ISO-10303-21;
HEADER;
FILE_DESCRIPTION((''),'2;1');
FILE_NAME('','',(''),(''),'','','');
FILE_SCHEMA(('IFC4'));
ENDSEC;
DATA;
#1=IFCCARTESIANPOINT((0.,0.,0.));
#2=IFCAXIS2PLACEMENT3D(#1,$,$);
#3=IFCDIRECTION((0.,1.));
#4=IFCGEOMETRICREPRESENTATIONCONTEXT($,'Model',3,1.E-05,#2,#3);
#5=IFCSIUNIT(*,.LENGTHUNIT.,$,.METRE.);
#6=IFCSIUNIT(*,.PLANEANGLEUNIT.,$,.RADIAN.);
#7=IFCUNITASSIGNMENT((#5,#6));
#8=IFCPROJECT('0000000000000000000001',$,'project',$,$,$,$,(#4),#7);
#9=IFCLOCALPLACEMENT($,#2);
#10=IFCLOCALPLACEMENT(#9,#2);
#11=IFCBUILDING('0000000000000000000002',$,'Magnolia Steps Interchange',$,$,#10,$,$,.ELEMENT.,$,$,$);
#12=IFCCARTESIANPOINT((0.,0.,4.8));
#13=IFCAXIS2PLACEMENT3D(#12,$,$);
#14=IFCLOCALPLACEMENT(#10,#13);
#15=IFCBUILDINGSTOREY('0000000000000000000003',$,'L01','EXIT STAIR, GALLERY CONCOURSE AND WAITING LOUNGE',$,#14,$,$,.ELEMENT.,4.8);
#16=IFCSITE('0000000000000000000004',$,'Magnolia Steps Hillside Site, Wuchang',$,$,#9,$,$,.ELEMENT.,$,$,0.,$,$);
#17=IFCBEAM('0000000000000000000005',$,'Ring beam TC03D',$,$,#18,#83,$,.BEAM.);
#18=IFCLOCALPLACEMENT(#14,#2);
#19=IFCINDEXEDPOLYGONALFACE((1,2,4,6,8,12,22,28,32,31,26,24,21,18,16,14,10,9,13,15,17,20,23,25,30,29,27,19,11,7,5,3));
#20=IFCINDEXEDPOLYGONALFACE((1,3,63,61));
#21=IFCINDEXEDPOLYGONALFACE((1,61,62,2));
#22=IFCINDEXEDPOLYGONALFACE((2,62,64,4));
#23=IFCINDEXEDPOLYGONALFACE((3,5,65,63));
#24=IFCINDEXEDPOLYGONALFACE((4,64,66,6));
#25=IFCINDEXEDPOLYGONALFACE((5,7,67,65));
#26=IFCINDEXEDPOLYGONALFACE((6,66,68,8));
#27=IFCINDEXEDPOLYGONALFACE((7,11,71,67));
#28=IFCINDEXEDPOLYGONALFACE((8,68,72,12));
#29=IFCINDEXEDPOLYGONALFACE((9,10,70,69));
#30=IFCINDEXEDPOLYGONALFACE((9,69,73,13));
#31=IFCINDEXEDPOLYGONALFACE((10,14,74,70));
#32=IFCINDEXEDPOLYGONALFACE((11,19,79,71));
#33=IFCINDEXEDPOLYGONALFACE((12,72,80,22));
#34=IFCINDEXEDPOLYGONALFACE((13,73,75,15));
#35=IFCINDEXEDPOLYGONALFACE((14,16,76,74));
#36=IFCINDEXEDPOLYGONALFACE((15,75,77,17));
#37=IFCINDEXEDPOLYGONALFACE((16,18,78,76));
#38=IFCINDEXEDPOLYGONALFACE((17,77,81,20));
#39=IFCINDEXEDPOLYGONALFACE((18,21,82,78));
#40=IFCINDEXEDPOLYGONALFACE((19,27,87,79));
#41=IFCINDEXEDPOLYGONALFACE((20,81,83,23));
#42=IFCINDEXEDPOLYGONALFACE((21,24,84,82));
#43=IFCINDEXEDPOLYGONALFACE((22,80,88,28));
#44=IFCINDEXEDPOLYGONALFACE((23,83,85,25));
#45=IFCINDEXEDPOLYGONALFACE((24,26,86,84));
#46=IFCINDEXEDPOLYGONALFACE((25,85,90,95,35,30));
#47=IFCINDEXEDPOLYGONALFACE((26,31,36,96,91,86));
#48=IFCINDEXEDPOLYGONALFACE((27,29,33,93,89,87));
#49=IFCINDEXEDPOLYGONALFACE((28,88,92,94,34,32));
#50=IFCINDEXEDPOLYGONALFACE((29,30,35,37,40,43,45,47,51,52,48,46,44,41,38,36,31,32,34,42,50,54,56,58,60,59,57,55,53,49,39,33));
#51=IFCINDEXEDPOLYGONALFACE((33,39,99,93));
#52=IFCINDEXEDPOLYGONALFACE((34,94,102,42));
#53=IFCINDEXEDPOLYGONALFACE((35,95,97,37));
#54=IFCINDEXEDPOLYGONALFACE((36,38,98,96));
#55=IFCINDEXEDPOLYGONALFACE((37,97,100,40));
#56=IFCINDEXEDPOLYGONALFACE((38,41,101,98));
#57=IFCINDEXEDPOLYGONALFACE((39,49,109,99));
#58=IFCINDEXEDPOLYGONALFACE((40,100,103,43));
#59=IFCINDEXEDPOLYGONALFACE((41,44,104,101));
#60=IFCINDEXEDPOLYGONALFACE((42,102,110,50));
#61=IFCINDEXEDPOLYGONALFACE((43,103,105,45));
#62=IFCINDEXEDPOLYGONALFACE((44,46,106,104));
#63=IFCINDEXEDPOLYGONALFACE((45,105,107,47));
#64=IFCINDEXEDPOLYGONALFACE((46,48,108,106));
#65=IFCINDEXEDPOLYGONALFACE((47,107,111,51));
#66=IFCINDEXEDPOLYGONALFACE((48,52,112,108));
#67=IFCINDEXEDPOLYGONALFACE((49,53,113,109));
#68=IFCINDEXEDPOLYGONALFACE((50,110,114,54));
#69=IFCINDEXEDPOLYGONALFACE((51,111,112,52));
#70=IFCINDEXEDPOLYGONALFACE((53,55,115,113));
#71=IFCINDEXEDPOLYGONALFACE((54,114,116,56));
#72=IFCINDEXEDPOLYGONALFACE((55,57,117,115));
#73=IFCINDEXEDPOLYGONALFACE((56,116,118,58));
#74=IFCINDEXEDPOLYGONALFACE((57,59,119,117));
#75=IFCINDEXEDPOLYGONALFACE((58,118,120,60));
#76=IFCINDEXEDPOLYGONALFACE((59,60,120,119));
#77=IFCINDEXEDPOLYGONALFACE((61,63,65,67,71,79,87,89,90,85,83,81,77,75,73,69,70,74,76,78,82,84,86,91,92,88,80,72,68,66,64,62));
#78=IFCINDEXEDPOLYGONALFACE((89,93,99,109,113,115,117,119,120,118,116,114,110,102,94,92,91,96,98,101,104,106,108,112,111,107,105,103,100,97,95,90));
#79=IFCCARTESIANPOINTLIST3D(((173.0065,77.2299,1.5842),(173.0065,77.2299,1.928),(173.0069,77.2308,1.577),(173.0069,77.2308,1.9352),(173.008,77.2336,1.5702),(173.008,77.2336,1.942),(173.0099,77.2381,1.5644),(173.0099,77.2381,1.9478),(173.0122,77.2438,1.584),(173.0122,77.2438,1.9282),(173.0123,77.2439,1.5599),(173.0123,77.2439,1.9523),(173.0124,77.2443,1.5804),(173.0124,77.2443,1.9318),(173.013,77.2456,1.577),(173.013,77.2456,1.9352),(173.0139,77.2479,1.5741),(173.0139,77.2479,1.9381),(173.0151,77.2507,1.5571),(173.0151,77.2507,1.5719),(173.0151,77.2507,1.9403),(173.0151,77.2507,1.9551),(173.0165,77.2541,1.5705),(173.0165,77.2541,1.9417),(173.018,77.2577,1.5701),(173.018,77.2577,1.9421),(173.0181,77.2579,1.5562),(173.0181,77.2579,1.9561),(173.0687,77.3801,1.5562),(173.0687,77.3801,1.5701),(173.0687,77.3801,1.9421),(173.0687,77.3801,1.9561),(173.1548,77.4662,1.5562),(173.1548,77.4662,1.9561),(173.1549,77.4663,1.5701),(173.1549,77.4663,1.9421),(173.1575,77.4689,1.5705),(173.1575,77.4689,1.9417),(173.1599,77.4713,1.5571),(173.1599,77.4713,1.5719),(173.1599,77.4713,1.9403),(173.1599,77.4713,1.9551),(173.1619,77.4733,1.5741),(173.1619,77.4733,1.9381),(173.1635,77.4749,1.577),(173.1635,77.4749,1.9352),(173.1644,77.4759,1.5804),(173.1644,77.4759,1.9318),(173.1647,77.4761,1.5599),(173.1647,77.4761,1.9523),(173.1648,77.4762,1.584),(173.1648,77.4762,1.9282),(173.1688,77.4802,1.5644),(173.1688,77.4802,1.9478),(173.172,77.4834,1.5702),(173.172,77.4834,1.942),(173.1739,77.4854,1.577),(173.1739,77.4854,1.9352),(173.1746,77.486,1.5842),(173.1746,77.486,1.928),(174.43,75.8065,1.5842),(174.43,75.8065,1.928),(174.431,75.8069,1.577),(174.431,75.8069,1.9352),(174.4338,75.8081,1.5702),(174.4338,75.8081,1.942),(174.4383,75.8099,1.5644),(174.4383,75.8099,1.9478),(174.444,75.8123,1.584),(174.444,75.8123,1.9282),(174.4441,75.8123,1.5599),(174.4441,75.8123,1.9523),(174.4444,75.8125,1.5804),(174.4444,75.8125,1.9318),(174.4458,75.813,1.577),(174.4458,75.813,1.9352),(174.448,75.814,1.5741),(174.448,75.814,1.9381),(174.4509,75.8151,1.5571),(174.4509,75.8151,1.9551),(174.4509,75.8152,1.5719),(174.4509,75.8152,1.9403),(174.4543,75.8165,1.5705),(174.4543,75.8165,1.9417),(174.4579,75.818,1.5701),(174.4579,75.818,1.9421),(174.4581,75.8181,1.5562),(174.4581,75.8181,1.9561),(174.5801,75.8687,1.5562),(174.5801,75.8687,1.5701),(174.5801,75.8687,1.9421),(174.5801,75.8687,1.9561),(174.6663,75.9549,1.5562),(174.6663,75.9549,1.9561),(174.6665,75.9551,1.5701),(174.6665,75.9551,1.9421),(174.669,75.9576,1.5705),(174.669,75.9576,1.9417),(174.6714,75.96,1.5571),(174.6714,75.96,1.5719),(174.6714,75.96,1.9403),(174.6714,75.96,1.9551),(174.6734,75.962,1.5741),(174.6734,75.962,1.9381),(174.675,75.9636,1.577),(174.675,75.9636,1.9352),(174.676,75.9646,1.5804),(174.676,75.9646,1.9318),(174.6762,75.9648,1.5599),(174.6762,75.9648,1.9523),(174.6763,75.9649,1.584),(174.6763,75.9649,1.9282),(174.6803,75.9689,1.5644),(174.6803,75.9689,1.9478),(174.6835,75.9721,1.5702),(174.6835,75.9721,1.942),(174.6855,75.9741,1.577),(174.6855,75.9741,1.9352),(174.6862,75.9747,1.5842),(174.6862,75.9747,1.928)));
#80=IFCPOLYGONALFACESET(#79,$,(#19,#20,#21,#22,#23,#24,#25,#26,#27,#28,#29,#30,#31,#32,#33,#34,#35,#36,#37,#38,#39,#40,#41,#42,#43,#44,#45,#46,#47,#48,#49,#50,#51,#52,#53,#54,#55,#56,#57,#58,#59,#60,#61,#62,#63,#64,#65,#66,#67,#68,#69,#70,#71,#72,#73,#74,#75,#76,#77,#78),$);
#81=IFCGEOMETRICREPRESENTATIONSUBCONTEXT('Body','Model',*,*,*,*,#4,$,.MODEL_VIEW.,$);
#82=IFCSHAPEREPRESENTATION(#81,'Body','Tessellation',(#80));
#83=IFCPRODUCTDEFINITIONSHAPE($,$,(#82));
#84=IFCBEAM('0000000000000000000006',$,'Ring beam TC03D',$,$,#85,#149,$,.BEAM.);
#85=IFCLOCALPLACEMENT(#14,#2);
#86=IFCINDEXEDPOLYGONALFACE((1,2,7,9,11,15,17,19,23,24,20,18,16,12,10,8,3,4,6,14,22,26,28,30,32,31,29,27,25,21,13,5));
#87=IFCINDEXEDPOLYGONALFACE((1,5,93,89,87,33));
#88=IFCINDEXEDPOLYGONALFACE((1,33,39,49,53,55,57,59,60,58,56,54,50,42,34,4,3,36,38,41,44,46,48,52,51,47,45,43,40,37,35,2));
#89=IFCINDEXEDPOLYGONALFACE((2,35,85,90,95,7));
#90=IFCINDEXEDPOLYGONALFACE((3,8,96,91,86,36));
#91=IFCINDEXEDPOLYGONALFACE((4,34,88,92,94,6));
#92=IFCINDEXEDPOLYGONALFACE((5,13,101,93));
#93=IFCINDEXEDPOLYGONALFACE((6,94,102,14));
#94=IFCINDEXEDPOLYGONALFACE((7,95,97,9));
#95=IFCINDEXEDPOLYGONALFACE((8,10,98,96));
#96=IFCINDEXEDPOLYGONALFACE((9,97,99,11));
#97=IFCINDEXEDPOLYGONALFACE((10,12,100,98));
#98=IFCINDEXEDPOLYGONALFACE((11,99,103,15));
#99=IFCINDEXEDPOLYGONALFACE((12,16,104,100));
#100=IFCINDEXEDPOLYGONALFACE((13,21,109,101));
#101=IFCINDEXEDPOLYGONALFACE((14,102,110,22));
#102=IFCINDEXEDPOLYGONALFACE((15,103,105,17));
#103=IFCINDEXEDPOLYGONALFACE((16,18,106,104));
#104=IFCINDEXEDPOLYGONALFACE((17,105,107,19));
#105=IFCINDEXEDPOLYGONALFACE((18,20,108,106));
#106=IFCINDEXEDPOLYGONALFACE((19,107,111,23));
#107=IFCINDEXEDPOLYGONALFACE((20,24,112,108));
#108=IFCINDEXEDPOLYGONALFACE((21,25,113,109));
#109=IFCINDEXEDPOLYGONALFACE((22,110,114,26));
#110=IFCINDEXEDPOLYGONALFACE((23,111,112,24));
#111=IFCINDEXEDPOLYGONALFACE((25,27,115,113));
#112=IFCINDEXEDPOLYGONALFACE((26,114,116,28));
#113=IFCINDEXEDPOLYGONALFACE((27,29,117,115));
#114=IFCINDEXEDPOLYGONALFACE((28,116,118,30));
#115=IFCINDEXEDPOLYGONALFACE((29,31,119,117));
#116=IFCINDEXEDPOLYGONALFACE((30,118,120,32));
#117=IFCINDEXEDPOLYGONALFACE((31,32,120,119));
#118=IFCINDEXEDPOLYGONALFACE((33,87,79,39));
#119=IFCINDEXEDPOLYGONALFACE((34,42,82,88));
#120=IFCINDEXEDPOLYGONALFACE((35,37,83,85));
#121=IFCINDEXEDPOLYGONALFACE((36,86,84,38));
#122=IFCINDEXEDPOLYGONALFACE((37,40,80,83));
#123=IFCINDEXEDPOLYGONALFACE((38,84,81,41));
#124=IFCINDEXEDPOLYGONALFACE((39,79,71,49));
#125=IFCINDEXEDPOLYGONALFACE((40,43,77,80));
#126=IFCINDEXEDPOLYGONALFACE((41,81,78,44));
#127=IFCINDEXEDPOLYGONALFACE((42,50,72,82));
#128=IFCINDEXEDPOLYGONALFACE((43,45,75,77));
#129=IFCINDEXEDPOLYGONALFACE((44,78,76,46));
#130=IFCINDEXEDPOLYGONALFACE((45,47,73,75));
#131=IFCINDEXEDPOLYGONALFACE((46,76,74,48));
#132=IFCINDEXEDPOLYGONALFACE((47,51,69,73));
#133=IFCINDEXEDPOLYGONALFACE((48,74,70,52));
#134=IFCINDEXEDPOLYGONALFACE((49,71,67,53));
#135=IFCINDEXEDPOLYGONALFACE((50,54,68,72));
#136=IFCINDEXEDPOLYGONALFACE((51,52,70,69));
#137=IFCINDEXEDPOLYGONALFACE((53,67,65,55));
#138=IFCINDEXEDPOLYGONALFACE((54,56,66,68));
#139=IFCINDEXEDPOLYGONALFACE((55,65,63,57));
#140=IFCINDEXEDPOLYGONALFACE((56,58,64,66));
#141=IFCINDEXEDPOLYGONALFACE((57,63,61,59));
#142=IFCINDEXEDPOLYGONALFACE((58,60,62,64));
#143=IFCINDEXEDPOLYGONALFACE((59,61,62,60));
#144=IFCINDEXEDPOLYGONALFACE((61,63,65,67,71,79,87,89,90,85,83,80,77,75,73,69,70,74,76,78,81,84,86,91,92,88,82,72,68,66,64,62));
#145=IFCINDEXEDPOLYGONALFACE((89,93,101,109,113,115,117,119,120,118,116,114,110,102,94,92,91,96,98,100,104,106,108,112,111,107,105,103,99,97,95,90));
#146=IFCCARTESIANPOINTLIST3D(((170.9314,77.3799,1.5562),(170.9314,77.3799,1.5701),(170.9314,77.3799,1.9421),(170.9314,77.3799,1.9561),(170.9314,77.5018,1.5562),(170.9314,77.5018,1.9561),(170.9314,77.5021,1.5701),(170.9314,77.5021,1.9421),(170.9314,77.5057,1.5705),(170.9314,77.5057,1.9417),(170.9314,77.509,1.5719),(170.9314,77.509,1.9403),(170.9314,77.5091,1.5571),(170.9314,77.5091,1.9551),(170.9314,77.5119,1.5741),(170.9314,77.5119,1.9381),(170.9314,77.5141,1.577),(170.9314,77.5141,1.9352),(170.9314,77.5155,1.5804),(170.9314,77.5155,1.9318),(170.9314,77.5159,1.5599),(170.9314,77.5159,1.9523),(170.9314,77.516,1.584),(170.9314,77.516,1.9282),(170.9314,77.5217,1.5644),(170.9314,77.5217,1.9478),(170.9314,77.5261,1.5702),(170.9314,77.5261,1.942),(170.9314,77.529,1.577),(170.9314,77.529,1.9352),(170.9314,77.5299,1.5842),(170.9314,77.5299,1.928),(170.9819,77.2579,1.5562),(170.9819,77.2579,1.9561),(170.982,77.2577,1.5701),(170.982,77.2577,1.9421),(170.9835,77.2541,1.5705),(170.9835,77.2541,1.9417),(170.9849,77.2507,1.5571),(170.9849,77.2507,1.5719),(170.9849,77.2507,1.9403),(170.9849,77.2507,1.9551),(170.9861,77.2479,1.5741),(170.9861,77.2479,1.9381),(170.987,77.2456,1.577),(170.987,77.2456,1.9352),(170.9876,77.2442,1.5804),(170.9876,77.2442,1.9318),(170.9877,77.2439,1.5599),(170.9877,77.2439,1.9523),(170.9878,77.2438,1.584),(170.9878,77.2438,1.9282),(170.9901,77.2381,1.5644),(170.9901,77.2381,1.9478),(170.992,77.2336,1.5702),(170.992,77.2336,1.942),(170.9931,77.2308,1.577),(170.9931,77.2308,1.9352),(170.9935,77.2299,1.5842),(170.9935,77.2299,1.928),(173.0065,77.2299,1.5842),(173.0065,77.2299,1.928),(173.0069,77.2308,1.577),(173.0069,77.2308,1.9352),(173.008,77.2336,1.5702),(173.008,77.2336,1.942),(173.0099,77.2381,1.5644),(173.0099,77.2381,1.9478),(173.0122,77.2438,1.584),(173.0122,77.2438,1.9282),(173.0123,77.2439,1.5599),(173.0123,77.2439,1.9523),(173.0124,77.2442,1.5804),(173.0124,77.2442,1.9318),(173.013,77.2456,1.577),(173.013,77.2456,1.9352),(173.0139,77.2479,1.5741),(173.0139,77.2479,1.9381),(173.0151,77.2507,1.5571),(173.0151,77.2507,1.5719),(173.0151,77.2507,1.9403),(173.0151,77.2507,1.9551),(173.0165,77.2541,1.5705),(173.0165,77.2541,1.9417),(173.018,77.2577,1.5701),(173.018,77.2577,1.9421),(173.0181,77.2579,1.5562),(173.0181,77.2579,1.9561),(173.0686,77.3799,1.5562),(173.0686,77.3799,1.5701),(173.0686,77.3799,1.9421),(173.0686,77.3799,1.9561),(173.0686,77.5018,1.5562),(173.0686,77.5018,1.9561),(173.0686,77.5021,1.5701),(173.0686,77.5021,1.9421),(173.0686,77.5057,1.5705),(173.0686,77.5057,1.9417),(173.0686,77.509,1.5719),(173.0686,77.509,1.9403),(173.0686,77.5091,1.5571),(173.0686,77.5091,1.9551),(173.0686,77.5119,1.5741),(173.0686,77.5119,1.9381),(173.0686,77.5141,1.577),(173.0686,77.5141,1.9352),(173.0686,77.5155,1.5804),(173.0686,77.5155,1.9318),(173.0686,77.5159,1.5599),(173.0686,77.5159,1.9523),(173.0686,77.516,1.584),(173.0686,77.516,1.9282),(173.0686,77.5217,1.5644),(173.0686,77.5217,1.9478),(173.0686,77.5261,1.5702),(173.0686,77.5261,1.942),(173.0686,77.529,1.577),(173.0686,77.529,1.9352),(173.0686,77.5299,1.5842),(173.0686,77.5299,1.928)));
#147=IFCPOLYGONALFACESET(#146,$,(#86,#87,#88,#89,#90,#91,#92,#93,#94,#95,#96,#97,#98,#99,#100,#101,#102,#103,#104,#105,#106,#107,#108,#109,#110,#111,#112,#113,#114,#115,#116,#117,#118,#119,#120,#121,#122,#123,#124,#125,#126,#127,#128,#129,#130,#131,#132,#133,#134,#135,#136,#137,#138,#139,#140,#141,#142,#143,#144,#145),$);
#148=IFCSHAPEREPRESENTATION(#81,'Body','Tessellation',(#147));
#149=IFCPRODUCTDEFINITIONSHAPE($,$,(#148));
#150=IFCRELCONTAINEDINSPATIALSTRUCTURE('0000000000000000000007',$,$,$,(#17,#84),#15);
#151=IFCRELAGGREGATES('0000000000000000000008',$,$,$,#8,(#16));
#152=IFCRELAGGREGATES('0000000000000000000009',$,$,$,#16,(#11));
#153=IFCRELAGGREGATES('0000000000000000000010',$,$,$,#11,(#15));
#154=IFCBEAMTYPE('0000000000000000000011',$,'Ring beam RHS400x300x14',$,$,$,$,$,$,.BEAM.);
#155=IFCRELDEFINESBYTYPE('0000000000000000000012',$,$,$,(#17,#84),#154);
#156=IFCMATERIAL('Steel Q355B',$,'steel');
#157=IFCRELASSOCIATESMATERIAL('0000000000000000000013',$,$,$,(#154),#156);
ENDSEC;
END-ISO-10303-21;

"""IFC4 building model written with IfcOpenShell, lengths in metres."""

from ifc_helpers import new_model, si_unit, direction, frame, origin, origin_2d, place, context, subcontext, project, spatial, hollow_rectangle, extrude, clip, halfspace, material, material_profile, profile_set, type_object, element, save


model = new_model("IFC4")

# Units and contexts
model_context = context("Model", 3, precision=1e-05, world=origin(), true_north=direction((0.0, 1.0)))
body_context = subcontext(model_context, "Body", "Model", "MODEL_VIEW")
ifc_project = project(units=[si_unit("LENGTHUNIT", "METRE"), si_unit("PLANEANGLEUNIT", "RADIAN")], contexts=[model_context])

# Site, building, storey
site_placement = place(None, origin())
site = spatial("IfcSite", under=ifc_project, at=site_placement, Name="Magnolia Steps Hillside Site, Wuchang", CompositionType="ELEMENT", RefElevation=0.0)
building_placement = place(site_placement, origin())
building = spatial("IfcBuilding", under=site, at=building_placement, Name="Magnolia Steps Interchange", CompositionType="ELEMENT")
storey_placement = place(building_placement, frame((0.0, 0.0, 4.8)))
storey = spatial("IfcBuildingStorey", under=building, at=storey_placement, Name="L01", Description="EXIT STAIR, GALLERY CONCOURSE AND WAITING LOUNGE", CompositionType="ELEMENT", Elevation=4.8)

# Beams
ifc_material_1 = material(Name="Steel Q355B", Category="steel")
ifc_material_profile_1 = material_profile(ifc_material_1, hollow_rectangle(XDim=0.3, YDim=0.3999, WallThickness=0.0139, InnerFilletRadius=0.0139, OuterFilletRadius=0.0281, at=origin_2d()), Name="RHS400x300x14")
ifc_profile_set_1 = profile_set([ifc_material_profile_1], Name="Steel Q355B")
beam_type_1 = type_object("IfcBeamType", Name="Ring beam RHS400x300x14", PredefinedType="BEAM", material=ifc_profile_set_1)
beam_1_placement = place(storey_placement, frame((174.5801, 75.8687, 1.7561), z_axis=(-0.707164, 0.70705, 0.0), x_axis=(-0.70705, -0.707164, 0.0)))
element("IfcBeam", 1, at=beam_1_placement, inside=storey, type_object=beam_type_1, Name="Ring beam TC03D", PredefinedType="BEAM", context=body_context, shape_type="Clipping", body=[
    clip(clip(extrude(hollow_rectangle(XDim=0.3, YDim=0.3999, WallThickness=0.0139, InnerFilletRadius=0.0139, OuterFilletRadius=0.0281, at=origin_2d()), origin(), (0.0, 0.0, 1.0), 2.1375), halfspace(frame((0.0, 0.0, 0.0), z_axis=(0.382758, 0.0, -0.923849), x_axis=(0.923849, 0.0, 0.382758)), False)), halfspace(frame((0.0, 0.0, 2.1374), z_axis=(0.382609, 0.0, 0.92391), x_axis=(0.92391, 0.0, -0.382609)), False)),
])
beam_2_placement = place(storey_placement, frame((173.0686, 77.3799, 1.7561), z_axis=(-1.0, 0.0, 0.0), x_axis=(0.0, -1.0, 0.0)))
element("IfcBeam", 2, at=beam_2_placement, inside=storey, type_object=beam_type_1, Name="Ring beam TC03D", PredefinedType="BEAM", context=body_context, shape_type="Clipping", body=[
    clip(clip(extrude(hollow_rectangle(XDim=0.3, YDim=0.3999, WallThickness=0.0139, InnerFilletRadius=0.0139, OuterFilletRadius=0.0281, at=origin_2d()), origin(), (0.0, 0.0, 1.0), 2.1372), halfspace(frame((0.0, 0.0, 0.0), z_axis=(0.382683, 0.0, -0.92388), x_axis=(0.92388, 0.0, 0.382683)), False)), halfspace(frame((0.0, 0.0, 2.1372), z_axis=(0.382683, 0.0, 0.92388), x_axis=(0.92388, 0.0, -0.382683)), False)),
])

save(model, "model.ifc")
